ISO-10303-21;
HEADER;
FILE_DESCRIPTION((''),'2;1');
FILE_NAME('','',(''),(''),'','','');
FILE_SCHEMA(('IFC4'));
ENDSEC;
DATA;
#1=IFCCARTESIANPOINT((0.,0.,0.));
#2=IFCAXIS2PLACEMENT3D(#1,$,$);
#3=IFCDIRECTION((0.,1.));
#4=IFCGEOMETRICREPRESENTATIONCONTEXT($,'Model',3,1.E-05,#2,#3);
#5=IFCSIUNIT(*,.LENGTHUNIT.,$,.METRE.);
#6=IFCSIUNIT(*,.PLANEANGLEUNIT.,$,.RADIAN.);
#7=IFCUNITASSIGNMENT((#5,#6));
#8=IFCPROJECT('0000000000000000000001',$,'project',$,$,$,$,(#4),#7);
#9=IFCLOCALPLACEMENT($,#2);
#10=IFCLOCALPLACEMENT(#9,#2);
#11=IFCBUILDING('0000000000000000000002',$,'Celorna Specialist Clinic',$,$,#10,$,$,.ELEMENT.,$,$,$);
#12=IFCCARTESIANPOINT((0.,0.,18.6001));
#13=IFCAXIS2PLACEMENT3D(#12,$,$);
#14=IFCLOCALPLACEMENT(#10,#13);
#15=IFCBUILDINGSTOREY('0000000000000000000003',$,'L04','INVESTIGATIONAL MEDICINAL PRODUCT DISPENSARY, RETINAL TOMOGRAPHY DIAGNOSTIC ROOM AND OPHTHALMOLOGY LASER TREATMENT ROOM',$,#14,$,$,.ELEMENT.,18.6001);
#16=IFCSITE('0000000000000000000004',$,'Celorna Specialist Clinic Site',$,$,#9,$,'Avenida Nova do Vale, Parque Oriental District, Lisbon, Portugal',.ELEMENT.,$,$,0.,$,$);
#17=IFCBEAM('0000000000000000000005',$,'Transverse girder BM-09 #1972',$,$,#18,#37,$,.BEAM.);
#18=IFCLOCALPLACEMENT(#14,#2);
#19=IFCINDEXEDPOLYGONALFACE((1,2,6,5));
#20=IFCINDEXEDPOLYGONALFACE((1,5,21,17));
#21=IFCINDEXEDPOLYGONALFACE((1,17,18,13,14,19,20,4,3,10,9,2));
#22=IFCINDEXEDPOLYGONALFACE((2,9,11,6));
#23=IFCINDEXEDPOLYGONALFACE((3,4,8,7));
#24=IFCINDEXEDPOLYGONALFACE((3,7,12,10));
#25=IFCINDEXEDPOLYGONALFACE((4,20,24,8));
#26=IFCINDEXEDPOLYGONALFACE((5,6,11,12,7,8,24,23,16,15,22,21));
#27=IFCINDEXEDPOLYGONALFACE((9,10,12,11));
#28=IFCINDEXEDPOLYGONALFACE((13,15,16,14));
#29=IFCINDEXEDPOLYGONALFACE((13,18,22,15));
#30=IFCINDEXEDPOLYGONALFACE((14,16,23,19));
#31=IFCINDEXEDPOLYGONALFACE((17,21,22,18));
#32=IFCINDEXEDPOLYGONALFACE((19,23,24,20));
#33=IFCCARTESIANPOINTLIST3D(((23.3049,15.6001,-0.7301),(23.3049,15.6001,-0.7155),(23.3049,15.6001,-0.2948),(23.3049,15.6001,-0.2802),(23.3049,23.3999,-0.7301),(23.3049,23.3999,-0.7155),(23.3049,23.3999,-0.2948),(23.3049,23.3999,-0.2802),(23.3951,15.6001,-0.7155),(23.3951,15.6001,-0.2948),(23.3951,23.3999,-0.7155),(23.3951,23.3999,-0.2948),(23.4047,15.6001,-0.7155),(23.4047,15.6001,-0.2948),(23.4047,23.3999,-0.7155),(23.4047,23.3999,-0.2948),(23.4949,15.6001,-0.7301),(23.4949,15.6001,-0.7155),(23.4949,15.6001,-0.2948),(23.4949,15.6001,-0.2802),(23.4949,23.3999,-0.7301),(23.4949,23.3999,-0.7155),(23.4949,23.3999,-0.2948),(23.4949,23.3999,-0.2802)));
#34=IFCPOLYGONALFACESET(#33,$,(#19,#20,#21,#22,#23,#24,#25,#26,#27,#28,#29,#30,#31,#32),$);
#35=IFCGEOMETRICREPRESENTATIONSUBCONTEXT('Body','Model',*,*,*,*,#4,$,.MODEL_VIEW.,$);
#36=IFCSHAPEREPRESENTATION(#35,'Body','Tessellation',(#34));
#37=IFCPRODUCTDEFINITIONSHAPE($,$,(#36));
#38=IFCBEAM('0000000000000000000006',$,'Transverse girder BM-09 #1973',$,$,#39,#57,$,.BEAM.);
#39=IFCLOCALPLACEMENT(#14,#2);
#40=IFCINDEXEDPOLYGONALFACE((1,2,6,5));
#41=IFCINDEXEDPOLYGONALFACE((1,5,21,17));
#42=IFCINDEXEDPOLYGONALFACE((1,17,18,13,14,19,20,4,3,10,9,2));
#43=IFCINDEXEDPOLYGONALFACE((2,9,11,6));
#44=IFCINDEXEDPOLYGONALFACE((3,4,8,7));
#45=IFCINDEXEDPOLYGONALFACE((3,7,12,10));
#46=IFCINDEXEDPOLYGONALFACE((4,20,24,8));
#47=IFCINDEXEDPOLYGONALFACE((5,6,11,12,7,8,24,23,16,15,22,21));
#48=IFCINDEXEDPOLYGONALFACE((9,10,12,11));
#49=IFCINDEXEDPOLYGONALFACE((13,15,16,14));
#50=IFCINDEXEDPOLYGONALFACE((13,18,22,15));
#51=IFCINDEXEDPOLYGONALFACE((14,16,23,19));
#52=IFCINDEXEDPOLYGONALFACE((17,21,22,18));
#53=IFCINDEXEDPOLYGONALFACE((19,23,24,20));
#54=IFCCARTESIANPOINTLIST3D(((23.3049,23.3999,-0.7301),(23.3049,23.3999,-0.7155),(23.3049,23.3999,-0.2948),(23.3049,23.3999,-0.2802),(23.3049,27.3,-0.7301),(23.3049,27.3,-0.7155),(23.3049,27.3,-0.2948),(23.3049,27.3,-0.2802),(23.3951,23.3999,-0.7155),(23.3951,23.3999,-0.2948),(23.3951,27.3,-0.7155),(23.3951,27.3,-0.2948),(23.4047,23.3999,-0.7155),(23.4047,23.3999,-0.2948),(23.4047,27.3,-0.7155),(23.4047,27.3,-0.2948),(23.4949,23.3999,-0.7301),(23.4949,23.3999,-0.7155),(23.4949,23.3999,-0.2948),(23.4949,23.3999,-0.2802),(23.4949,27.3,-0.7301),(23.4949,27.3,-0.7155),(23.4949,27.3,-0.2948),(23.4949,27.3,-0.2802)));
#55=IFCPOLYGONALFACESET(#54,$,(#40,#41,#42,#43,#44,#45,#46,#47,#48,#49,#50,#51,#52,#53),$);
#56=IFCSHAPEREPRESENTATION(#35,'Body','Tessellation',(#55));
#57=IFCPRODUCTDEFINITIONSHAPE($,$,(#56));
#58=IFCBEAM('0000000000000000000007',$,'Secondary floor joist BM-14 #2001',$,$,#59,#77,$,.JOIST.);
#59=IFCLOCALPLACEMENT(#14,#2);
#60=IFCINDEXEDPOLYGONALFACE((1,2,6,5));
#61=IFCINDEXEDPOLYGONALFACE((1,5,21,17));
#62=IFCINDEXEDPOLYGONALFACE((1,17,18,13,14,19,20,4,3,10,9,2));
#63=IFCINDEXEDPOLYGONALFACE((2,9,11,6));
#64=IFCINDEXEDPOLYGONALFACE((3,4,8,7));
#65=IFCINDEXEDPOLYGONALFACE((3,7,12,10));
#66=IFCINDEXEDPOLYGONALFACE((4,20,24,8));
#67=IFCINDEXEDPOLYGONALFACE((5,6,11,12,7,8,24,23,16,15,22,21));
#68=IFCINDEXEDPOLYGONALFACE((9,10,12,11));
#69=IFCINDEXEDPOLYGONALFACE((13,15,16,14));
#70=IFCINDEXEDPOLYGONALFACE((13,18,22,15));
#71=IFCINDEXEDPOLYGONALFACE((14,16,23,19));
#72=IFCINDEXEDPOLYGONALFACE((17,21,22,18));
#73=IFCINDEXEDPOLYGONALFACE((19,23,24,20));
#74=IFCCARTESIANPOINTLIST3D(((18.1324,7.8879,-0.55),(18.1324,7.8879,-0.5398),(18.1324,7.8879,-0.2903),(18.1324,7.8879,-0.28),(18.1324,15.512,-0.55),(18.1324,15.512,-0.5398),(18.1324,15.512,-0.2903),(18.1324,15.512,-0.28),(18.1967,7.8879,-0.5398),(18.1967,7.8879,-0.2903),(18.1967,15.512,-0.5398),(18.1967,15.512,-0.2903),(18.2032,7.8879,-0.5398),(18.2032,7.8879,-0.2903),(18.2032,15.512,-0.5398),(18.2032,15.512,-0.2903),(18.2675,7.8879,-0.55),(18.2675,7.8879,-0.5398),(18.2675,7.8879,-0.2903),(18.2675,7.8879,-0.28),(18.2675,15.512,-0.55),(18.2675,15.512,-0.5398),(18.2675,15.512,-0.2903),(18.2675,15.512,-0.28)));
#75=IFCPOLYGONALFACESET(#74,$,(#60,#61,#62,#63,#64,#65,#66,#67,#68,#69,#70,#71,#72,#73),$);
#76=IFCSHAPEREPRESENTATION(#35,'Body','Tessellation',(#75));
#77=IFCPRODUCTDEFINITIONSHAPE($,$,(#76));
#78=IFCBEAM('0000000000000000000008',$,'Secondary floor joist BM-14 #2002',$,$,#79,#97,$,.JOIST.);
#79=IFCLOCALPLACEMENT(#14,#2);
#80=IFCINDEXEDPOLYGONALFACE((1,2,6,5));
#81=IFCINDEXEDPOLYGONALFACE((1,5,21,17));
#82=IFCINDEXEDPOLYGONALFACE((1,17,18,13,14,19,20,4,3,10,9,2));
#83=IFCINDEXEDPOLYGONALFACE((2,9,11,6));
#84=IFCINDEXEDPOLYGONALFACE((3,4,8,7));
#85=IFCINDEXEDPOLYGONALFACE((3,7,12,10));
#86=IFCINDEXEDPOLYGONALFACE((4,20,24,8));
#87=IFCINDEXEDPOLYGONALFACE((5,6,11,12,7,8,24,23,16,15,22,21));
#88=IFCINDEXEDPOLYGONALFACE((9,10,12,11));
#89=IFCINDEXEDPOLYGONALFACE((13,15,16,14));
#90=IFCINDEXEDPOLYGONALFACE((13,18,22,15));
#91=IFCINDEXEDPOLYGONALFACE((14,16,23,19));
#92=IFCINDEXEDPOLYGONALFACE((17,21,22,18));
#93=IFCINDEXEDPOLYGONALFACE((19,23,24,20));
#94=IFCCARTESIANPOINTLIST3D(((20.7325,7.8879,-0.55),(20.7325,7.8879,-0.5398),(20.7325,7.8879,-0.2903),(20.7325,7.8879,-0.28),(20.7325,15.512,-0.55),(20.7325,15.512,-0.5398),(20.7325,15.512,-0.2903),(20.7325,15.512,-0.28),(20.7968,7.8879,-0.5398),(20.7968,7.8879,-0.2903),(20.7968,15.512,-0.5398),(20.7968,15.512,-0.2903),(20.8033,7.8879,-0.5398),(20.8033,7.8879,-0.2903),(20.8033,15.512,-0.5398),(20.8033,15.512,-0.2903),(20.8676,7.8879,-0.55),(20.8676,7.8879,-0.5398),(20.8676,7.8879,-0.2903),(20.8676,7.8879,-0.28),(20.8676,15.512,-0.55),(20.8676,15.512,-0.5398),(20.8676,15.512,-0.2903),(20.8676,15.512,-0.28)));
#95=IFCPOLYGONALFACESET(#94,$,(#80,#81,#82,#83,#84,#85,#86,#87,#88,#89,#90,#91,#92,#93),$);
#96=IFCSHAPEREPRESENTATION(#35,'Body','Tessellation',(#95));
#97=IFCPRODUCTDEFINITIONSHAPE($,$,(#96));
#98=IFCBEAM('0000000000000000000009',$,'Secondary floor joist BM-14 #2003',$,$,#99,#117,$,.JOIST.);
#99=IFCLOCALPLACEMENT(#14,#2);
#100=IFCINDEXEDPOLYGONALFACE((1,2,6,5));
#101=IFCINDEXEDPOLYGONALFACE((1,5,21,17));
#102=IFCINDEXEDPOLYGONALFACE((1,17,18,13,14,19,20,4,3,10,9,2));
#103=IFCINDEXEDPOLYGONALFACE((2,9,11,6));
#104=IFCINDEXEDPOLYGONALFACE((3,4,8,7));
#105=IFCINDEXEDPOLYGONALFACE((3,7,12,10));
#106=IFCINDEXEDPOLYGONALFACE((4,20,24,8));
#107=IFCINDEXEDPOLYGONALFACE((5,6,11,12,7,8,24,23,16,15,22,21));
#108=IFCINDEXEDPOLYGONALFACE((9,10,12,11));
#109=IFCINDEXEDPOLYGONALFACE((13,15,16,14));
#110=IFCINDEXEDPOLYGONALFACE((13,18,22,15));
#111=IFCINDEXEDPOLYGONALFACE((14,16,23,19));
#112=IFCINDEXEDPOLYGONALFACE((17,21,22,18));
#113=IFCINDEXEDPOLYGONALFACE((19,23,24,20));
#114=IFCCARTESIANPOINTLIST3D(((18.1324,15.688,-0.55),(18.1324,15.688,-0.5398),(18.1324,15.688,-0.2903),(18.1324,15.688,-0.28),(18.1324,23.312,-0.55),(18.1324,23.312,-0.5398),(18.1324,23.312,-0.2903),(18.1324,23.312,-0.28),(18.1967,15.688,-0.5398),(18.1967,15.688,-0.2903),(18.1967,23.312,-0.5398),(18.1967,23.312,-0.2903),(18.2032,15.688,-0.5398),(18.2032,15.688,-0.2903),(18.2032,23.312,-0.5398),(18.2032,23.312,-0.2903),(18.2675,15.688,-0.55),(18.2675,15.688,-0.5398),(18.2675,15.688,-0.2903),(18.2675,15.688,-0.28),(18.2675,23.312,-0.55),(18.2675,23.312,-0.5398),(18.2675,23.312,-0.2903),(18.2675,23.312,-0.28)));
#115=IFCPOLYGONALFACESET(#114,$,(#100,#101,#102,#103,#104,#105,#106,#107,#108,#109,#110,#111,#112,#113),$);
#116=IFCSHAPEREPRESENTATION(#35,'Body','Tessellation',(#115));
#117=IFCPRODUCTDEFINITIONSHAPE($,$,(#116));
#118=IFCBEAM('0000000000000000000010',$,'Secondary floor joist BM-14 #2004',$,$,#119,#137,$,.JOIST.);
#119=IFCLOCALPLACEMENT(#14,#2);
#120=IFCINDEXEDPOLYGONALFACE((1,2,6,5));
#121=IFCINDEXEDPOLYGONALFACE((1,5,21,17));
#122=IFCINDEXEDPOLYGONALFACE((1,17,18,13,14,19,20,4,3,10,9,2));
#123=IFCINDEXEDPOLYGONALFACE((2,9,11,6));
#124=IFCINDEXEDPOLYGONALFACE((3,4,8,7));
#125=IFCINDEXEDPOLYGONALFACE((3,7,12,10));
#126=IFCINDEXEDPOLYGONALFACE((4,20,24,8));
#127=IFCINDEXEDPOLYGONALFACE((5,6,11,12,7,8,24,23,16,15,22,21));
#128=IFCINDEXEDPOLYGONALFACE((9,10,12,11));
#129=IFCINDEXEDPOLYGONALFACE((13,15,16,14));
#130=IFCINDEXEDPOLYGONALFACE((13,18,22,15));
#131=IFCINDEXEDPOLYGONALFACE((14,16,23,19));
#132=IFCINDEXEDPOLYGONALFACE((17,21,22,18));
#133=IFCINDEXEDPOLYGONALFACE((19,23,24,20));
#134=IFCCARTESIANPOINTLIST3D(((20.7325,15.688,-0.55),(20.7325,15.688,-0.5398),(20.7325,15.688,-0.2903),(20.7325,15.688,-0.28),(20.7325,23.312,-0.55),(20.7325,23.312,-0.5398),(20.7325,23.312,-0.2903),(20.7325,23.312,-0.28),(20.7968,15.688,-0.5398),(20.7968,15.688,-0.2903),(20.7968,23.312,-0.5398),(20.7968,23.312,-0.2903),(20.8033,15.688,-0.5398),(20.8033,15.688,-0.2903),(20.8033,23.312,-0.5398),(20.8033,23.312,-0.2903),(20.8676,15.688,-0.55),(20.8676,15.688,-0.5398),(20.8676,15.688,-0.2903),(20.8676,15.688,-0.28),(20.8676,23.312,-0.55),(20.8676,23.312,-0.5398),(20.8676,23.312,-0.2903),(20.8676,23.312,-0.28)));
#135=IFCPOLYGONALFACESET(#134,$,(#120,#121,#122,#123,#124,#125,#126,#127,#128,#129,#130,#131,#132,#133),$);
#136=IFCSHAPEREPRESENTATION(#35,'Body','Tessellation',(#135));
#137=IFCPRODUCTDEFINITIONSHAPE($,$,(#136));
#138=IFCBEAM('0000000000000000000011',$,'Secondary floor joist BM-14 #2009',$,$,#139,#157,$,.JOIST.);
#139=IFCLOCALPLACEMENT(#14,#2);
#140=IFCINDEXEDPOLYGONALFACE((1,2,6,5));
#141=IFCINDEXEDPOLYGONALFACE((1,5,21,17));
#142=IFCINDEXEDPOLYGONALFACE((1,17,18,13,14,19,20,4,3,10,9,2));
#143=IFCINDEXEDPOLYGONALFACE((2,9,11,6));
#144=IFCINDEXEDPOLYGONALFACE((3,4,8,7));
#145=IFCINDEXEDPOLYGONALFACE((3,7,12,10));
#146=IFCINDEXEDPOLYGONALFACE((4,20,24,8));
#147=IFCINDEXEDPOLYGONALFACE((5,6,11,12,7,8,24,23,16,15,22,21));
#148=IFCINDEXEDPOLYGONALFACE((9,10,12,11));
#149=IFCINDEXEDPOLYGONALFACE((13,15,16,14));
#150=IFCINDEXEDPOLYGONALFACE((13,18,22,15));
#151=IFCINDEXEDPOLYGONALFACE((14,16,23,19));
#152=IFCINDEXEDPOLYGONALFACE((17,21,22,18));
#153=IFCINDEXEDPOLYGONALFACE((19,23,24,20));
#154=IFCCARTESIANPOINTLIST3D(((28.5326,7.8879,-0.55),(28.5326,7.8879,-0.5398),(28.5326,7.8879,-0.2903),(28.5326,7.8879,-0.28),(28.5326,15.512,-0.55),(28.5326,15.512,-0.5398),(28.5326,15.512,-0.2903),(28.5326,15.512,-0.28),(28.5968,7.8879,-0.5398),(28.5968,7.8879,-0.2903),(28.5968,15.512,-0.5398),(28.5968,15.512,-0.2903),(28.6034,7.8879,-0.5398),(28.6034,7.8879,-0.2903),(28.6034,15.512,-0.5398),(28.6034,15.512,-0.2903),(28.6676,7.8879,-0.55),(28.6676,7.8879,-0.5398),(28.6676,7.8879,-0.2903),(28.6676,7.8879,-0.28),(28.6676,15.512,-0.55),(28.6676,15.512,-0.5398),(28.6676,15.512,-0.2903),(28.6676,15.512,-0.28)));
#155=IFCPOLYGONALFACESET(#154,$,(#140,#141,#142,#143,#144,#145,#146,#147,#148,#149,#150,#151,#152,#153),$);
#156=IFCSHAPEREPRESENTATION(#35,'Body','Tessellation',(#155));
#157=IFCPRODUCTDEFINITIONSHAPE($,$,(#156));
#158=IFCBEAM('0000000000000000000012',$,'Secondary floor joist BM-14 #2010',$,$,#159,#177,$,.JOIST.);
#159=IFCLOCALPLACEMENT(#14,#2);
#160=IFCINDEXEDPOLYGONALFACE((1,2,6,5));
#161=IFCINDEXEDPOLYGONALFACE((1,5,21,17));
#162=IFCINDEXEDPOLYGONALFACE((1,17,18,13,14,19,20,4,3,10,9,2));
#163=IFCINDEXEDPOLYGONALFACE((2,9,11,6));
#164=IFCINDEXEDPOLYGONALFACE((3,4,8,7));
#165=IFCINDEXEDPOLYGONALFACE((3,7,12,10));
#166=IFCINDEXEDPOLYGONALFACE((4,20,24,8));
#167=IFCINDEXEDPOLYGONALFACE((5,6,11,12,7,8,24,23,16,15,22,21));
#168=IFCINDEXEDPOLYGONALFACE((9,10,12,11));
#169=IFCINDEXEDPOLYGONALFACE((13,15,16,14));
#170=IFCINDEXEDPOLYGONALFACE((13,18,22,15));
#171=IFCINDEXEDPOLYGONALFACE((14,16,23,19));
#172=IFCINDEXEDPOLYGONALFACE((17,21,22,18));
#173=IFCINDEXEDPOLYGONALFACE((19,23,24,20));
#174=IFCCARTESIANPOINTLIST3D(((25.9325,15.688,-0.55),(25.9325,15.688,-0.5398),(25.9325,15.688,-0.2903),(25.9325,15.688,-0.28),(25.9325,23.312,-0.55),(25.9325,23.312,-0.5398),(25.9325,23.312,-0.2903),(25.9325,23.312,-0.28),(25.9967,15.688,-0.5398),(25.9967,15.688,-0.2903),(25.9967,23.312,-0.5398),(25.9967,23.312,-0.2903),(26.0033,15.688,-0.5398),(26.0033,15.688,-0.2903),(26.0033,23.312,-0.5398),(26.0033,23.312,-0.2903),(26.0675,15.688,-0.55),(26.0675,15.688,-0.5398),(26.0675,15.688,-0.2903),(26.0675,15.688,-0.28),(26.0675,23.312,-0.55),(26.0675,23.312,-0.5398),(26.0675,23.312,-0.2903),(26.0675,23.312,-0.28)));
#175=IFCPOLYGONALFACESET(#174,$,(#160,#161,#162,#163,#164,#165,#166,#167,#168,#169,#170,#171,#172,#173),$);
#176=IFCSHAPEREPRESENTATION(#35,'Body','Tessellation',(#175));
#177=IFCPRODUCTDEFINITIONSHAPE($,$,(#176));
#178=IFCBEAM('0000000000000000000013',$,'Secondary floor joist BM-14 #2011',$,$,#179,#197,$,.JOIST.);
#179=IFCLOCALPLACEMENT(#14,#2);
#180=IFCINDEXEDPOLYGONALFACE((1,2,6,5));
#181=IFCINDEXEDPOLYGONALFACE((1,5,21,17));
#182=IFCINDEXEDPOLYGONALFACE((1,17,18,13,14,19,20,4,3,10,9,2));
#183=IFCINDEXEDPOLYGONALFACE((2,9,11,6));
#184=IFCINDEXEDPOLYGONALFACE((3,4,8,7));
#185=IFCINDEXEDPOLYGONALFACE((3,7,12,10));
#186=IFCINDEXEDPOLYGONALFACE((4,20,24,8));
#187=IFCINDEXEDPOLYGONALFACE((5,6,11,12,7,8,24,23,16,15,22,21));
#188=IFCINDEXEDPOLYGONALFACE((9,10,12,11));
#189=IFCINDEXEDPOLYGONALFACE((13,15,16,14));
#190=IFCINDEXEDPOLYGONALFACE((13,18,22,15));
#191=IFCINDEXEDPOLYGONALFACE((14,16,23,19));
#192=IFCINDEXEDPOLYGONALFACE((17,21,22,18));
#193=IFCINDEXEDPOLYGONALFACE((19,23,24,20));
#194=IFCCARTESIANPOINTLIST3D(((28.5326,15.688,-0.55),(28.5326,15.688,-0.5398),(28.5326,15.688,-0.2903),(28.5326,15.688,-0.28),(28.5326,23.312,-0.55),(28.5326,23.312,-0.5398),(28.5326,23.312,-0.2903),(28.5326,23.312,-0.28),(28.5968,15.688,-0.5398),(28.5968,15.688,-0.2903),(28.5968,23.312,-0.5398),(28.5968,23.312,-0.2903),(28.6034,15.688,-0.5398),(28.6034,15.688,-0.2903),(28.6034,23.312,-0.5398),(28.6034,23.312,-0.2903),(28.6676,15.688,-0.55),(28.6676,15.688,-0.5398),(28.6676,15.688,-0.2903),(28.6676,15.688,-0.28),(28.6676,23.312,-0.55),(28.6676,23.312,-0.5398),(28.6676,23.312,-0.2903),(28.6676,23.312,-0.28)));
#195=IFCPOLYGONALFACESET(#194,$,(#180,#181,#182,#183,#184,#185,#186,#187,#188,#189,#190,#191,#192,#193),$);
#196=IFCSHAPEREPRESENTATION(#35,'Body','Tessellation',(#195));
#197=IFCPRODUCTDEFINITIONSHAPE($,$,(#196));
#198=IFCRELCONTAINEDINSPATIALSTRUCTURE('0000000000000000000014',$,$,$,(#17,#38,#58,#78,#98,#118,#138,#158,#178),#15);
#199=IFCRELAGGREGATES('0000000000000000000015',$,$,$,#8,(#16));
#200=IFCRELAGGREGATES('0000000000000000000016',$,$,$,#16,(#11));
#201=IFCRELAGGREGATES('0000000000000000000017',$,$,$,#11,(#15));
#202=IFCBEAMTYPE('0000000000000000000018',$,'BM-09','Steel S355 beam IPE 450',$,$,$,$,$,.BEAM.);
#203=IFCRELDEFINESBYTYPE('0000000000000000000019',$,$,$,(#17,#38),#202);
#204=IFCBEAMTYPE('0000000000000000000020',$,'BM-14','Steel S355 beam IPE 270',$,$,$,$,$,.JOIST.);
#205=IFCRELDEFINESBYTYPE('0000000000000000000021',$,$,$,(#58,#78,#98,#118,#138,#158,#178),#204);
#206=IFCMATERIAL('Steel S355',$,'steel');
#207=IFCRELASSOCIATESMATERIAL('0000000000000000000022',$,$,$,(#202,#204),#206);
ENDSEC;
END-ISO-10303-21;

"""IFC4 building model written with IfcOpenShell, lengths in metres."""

from ifc_helpers import new_model, si_unit, direction, frame, origin, origin_2d, place, context, subcontext, project, spatial, i_section, extrude, material, material_profile, profile_set, type_object, element, save


model = new_model("IFC4")

# Units and contexts
model_context = context("Model", 3, precision=1e-05, world=origin(), true_north=direction((0.0, 1.0)))
body_context = subcontext(model_context, "Body", "Model", "MODEL_VIEW")
ifc_project = project(units=[si_unit("LENGTHUNIT", "METRE"), si_unit("PLANEANGLEUNIT", "RADIAN")], contexts=[model_context])

# Site, building, storey
site_placement = place(None, origin())
site = spatial("IfcSite", under=ifc_project, at=site_placement, Name="Celorna Specialist Clinic Site", LongName="Avenida Nova do Vale, Parque Oriental District, Lisbon, Portugal", CompositionType="ELEMENT", RefElevation=0.0)
building_placement = place(site_placement, origin())
building = spatial("IfcBuilding", under=site, at=building_placement, Name="Celorna Specialist Clinic", CompositionType="ELEMENT")
storey_placement = place(building_placement, frame((0.0, 0.0, 18.6001)))
storey = spatial("IfcBuildingStorey", under=building, at=storey_placement, Name="L04", Description="INVESTIGATIONAL MEDICINAL PRODUCT DISPENSARY, RETINAL TOMOGRAPHY DIAGNOSTIC ROOM AND OPHTHALMOLOGY LASER TREATMENT ROOM", CompositionType="ELEMENT", Elevation=18.6001)

# Beams
ifc_material_1 = material(Name="Steel S355", Category="steel")
ifc_material_profile_1 = material_profile(ifc_material_1, i_section(OverallWidth=0.1899, OverallDepth=0.45, WebThickness=0.0095, FlangeThickness=0.0146, at=origin_2d()), Name="IPE 450")
ifc_profile_set_1 = profile_set([ifc_material_profile_1], Name="Steel S355")
beam_type_1 = type_object("IfcBeamType", Name="BM-09", Description="Steel S355 beam IPE 450", PredefinedType="BEAM", material=ifc_profile_set_1)
beam_1_placement = place(storey_placement, frame((23.3999, 15.6001, -0.5051), z_axis=(0.0, 1.0, 0.0), x_axis=(-1.0, 0.0, 0.0)))
element("IfcBeam", 1, at=beam_1_placement, inside=storey, type_object=beam_type_1, Name="Transverse girder BM-09 #1972", PredefinedType="BEAM", context=body_context, shape_type="SweptSolid", body=[
    extrude(i_section(OverallWidth=0.1899, OverallDepth=0.45, WebThickness=0.0095, FlangeThickness=0.0146, at=origin_2d()), origin(), (0.0, 0.0, 1.0), 7.7998),
])
beam_2_placement = place(storey_placement, frame((23.3999, 23.3999, -0.5051), z_axis=(0.0, 1.0, 0.0), x_axis=(-1.0, 0.0, 0.0)))
element("IfcBeam", 2, at=beam_2_placement, inside=storey, type_object=beam_type_1, Name="Transverse girder BM-09 #1973", PredefinedType="BEAM", context=body_context, shape_type="SweptSolid", body=[
    extrude(i_section(OverallWidth=0.1899, OverallDepth=0.45, WebThickness=0.0095, FlangeThickness=0.0146, at=origin_2d()), origin(), (0.0, 0.0, 1.0), 3.9001),
])
ifc_material_profile_2 = material_profile(ifc_material_1, i_section(OverallWidth=0.135, OverallDepth=0.27, WebThickness=0.0066, FlangeThickness=0.0103, at=origin_2d()), Name="IPE 270")
ifc_profile_set_2 = profile_set([ifc_material_profile_2], Name="Steel S355")
beam_type_2 = type_object("IfcBeamType", Name="BM-14", Description="Steel S355 beam IPE 270", PredefinedType="JOIST", material=ifc_profile_set_2)
for number, where, z_axis, x_axis, name in (
    (3, (18.2, 7.8879, -0.415), (0.0, 1.0, 0.0), (-1.0, 0.0, 0.0), "Secondary floor joist BM-14 #2001"),
    (4, (20.8, 7.8879, -0.415), (0.0, 1.0, 0.0), (-1.0, 0.0, 0.0), "Secondary floor joist BM-14 #2002"),
    (5, (18.2, 15.688, -0.415), (0.0, 1.0, 0.0), (-1.0, 0.0, 0.0), "Secondary floor joist BM-14 #2003"),
    (6, (20.8, 15.688, -0.415), (0.0, 1.0, 0.0), (-1.0, 0.0, 0.0), "Secondary floor joist BM-14 #2004"),
    (7, (28.6001, 7.8879, -0.415), (0.0, 1.0, 0.0), (-1.0, 0.0, 0.0), "Secondary floor joist BM-14 #2009"),
    (8, (26.0, 15.688, -0.415), (0.0, 1.0, 0.0), (-1.0, 0.0, 0.0), "Secondary floor joist BM-14 #2010"),
    (9, (28.6001, 15.688, -0.415), (0.0, 1.0, 0.0), (-1.0, 0.0, 0.0), "Secondary floor joist BM-14 #2011"),
):
    element("IfcBeam", number, at=place(storey_placement, frame(where, z_axis=z_axis, x_axis=x_axis)), inside=storey, type_object=beam_type_2, Name=name, PredefinedType="JOIST", context=body_context, shape_type="SweptSolid", body=[
        extrude(i_section(OverallWidth=0.135, OverallDepth=0.27, WebThickness=0.0066, FlangeThickness=0.0103, at=origin_2d()), origin(), (0.0, 0.0, 1.0), 7.624),
    ])

save(model, "model.ifc")
